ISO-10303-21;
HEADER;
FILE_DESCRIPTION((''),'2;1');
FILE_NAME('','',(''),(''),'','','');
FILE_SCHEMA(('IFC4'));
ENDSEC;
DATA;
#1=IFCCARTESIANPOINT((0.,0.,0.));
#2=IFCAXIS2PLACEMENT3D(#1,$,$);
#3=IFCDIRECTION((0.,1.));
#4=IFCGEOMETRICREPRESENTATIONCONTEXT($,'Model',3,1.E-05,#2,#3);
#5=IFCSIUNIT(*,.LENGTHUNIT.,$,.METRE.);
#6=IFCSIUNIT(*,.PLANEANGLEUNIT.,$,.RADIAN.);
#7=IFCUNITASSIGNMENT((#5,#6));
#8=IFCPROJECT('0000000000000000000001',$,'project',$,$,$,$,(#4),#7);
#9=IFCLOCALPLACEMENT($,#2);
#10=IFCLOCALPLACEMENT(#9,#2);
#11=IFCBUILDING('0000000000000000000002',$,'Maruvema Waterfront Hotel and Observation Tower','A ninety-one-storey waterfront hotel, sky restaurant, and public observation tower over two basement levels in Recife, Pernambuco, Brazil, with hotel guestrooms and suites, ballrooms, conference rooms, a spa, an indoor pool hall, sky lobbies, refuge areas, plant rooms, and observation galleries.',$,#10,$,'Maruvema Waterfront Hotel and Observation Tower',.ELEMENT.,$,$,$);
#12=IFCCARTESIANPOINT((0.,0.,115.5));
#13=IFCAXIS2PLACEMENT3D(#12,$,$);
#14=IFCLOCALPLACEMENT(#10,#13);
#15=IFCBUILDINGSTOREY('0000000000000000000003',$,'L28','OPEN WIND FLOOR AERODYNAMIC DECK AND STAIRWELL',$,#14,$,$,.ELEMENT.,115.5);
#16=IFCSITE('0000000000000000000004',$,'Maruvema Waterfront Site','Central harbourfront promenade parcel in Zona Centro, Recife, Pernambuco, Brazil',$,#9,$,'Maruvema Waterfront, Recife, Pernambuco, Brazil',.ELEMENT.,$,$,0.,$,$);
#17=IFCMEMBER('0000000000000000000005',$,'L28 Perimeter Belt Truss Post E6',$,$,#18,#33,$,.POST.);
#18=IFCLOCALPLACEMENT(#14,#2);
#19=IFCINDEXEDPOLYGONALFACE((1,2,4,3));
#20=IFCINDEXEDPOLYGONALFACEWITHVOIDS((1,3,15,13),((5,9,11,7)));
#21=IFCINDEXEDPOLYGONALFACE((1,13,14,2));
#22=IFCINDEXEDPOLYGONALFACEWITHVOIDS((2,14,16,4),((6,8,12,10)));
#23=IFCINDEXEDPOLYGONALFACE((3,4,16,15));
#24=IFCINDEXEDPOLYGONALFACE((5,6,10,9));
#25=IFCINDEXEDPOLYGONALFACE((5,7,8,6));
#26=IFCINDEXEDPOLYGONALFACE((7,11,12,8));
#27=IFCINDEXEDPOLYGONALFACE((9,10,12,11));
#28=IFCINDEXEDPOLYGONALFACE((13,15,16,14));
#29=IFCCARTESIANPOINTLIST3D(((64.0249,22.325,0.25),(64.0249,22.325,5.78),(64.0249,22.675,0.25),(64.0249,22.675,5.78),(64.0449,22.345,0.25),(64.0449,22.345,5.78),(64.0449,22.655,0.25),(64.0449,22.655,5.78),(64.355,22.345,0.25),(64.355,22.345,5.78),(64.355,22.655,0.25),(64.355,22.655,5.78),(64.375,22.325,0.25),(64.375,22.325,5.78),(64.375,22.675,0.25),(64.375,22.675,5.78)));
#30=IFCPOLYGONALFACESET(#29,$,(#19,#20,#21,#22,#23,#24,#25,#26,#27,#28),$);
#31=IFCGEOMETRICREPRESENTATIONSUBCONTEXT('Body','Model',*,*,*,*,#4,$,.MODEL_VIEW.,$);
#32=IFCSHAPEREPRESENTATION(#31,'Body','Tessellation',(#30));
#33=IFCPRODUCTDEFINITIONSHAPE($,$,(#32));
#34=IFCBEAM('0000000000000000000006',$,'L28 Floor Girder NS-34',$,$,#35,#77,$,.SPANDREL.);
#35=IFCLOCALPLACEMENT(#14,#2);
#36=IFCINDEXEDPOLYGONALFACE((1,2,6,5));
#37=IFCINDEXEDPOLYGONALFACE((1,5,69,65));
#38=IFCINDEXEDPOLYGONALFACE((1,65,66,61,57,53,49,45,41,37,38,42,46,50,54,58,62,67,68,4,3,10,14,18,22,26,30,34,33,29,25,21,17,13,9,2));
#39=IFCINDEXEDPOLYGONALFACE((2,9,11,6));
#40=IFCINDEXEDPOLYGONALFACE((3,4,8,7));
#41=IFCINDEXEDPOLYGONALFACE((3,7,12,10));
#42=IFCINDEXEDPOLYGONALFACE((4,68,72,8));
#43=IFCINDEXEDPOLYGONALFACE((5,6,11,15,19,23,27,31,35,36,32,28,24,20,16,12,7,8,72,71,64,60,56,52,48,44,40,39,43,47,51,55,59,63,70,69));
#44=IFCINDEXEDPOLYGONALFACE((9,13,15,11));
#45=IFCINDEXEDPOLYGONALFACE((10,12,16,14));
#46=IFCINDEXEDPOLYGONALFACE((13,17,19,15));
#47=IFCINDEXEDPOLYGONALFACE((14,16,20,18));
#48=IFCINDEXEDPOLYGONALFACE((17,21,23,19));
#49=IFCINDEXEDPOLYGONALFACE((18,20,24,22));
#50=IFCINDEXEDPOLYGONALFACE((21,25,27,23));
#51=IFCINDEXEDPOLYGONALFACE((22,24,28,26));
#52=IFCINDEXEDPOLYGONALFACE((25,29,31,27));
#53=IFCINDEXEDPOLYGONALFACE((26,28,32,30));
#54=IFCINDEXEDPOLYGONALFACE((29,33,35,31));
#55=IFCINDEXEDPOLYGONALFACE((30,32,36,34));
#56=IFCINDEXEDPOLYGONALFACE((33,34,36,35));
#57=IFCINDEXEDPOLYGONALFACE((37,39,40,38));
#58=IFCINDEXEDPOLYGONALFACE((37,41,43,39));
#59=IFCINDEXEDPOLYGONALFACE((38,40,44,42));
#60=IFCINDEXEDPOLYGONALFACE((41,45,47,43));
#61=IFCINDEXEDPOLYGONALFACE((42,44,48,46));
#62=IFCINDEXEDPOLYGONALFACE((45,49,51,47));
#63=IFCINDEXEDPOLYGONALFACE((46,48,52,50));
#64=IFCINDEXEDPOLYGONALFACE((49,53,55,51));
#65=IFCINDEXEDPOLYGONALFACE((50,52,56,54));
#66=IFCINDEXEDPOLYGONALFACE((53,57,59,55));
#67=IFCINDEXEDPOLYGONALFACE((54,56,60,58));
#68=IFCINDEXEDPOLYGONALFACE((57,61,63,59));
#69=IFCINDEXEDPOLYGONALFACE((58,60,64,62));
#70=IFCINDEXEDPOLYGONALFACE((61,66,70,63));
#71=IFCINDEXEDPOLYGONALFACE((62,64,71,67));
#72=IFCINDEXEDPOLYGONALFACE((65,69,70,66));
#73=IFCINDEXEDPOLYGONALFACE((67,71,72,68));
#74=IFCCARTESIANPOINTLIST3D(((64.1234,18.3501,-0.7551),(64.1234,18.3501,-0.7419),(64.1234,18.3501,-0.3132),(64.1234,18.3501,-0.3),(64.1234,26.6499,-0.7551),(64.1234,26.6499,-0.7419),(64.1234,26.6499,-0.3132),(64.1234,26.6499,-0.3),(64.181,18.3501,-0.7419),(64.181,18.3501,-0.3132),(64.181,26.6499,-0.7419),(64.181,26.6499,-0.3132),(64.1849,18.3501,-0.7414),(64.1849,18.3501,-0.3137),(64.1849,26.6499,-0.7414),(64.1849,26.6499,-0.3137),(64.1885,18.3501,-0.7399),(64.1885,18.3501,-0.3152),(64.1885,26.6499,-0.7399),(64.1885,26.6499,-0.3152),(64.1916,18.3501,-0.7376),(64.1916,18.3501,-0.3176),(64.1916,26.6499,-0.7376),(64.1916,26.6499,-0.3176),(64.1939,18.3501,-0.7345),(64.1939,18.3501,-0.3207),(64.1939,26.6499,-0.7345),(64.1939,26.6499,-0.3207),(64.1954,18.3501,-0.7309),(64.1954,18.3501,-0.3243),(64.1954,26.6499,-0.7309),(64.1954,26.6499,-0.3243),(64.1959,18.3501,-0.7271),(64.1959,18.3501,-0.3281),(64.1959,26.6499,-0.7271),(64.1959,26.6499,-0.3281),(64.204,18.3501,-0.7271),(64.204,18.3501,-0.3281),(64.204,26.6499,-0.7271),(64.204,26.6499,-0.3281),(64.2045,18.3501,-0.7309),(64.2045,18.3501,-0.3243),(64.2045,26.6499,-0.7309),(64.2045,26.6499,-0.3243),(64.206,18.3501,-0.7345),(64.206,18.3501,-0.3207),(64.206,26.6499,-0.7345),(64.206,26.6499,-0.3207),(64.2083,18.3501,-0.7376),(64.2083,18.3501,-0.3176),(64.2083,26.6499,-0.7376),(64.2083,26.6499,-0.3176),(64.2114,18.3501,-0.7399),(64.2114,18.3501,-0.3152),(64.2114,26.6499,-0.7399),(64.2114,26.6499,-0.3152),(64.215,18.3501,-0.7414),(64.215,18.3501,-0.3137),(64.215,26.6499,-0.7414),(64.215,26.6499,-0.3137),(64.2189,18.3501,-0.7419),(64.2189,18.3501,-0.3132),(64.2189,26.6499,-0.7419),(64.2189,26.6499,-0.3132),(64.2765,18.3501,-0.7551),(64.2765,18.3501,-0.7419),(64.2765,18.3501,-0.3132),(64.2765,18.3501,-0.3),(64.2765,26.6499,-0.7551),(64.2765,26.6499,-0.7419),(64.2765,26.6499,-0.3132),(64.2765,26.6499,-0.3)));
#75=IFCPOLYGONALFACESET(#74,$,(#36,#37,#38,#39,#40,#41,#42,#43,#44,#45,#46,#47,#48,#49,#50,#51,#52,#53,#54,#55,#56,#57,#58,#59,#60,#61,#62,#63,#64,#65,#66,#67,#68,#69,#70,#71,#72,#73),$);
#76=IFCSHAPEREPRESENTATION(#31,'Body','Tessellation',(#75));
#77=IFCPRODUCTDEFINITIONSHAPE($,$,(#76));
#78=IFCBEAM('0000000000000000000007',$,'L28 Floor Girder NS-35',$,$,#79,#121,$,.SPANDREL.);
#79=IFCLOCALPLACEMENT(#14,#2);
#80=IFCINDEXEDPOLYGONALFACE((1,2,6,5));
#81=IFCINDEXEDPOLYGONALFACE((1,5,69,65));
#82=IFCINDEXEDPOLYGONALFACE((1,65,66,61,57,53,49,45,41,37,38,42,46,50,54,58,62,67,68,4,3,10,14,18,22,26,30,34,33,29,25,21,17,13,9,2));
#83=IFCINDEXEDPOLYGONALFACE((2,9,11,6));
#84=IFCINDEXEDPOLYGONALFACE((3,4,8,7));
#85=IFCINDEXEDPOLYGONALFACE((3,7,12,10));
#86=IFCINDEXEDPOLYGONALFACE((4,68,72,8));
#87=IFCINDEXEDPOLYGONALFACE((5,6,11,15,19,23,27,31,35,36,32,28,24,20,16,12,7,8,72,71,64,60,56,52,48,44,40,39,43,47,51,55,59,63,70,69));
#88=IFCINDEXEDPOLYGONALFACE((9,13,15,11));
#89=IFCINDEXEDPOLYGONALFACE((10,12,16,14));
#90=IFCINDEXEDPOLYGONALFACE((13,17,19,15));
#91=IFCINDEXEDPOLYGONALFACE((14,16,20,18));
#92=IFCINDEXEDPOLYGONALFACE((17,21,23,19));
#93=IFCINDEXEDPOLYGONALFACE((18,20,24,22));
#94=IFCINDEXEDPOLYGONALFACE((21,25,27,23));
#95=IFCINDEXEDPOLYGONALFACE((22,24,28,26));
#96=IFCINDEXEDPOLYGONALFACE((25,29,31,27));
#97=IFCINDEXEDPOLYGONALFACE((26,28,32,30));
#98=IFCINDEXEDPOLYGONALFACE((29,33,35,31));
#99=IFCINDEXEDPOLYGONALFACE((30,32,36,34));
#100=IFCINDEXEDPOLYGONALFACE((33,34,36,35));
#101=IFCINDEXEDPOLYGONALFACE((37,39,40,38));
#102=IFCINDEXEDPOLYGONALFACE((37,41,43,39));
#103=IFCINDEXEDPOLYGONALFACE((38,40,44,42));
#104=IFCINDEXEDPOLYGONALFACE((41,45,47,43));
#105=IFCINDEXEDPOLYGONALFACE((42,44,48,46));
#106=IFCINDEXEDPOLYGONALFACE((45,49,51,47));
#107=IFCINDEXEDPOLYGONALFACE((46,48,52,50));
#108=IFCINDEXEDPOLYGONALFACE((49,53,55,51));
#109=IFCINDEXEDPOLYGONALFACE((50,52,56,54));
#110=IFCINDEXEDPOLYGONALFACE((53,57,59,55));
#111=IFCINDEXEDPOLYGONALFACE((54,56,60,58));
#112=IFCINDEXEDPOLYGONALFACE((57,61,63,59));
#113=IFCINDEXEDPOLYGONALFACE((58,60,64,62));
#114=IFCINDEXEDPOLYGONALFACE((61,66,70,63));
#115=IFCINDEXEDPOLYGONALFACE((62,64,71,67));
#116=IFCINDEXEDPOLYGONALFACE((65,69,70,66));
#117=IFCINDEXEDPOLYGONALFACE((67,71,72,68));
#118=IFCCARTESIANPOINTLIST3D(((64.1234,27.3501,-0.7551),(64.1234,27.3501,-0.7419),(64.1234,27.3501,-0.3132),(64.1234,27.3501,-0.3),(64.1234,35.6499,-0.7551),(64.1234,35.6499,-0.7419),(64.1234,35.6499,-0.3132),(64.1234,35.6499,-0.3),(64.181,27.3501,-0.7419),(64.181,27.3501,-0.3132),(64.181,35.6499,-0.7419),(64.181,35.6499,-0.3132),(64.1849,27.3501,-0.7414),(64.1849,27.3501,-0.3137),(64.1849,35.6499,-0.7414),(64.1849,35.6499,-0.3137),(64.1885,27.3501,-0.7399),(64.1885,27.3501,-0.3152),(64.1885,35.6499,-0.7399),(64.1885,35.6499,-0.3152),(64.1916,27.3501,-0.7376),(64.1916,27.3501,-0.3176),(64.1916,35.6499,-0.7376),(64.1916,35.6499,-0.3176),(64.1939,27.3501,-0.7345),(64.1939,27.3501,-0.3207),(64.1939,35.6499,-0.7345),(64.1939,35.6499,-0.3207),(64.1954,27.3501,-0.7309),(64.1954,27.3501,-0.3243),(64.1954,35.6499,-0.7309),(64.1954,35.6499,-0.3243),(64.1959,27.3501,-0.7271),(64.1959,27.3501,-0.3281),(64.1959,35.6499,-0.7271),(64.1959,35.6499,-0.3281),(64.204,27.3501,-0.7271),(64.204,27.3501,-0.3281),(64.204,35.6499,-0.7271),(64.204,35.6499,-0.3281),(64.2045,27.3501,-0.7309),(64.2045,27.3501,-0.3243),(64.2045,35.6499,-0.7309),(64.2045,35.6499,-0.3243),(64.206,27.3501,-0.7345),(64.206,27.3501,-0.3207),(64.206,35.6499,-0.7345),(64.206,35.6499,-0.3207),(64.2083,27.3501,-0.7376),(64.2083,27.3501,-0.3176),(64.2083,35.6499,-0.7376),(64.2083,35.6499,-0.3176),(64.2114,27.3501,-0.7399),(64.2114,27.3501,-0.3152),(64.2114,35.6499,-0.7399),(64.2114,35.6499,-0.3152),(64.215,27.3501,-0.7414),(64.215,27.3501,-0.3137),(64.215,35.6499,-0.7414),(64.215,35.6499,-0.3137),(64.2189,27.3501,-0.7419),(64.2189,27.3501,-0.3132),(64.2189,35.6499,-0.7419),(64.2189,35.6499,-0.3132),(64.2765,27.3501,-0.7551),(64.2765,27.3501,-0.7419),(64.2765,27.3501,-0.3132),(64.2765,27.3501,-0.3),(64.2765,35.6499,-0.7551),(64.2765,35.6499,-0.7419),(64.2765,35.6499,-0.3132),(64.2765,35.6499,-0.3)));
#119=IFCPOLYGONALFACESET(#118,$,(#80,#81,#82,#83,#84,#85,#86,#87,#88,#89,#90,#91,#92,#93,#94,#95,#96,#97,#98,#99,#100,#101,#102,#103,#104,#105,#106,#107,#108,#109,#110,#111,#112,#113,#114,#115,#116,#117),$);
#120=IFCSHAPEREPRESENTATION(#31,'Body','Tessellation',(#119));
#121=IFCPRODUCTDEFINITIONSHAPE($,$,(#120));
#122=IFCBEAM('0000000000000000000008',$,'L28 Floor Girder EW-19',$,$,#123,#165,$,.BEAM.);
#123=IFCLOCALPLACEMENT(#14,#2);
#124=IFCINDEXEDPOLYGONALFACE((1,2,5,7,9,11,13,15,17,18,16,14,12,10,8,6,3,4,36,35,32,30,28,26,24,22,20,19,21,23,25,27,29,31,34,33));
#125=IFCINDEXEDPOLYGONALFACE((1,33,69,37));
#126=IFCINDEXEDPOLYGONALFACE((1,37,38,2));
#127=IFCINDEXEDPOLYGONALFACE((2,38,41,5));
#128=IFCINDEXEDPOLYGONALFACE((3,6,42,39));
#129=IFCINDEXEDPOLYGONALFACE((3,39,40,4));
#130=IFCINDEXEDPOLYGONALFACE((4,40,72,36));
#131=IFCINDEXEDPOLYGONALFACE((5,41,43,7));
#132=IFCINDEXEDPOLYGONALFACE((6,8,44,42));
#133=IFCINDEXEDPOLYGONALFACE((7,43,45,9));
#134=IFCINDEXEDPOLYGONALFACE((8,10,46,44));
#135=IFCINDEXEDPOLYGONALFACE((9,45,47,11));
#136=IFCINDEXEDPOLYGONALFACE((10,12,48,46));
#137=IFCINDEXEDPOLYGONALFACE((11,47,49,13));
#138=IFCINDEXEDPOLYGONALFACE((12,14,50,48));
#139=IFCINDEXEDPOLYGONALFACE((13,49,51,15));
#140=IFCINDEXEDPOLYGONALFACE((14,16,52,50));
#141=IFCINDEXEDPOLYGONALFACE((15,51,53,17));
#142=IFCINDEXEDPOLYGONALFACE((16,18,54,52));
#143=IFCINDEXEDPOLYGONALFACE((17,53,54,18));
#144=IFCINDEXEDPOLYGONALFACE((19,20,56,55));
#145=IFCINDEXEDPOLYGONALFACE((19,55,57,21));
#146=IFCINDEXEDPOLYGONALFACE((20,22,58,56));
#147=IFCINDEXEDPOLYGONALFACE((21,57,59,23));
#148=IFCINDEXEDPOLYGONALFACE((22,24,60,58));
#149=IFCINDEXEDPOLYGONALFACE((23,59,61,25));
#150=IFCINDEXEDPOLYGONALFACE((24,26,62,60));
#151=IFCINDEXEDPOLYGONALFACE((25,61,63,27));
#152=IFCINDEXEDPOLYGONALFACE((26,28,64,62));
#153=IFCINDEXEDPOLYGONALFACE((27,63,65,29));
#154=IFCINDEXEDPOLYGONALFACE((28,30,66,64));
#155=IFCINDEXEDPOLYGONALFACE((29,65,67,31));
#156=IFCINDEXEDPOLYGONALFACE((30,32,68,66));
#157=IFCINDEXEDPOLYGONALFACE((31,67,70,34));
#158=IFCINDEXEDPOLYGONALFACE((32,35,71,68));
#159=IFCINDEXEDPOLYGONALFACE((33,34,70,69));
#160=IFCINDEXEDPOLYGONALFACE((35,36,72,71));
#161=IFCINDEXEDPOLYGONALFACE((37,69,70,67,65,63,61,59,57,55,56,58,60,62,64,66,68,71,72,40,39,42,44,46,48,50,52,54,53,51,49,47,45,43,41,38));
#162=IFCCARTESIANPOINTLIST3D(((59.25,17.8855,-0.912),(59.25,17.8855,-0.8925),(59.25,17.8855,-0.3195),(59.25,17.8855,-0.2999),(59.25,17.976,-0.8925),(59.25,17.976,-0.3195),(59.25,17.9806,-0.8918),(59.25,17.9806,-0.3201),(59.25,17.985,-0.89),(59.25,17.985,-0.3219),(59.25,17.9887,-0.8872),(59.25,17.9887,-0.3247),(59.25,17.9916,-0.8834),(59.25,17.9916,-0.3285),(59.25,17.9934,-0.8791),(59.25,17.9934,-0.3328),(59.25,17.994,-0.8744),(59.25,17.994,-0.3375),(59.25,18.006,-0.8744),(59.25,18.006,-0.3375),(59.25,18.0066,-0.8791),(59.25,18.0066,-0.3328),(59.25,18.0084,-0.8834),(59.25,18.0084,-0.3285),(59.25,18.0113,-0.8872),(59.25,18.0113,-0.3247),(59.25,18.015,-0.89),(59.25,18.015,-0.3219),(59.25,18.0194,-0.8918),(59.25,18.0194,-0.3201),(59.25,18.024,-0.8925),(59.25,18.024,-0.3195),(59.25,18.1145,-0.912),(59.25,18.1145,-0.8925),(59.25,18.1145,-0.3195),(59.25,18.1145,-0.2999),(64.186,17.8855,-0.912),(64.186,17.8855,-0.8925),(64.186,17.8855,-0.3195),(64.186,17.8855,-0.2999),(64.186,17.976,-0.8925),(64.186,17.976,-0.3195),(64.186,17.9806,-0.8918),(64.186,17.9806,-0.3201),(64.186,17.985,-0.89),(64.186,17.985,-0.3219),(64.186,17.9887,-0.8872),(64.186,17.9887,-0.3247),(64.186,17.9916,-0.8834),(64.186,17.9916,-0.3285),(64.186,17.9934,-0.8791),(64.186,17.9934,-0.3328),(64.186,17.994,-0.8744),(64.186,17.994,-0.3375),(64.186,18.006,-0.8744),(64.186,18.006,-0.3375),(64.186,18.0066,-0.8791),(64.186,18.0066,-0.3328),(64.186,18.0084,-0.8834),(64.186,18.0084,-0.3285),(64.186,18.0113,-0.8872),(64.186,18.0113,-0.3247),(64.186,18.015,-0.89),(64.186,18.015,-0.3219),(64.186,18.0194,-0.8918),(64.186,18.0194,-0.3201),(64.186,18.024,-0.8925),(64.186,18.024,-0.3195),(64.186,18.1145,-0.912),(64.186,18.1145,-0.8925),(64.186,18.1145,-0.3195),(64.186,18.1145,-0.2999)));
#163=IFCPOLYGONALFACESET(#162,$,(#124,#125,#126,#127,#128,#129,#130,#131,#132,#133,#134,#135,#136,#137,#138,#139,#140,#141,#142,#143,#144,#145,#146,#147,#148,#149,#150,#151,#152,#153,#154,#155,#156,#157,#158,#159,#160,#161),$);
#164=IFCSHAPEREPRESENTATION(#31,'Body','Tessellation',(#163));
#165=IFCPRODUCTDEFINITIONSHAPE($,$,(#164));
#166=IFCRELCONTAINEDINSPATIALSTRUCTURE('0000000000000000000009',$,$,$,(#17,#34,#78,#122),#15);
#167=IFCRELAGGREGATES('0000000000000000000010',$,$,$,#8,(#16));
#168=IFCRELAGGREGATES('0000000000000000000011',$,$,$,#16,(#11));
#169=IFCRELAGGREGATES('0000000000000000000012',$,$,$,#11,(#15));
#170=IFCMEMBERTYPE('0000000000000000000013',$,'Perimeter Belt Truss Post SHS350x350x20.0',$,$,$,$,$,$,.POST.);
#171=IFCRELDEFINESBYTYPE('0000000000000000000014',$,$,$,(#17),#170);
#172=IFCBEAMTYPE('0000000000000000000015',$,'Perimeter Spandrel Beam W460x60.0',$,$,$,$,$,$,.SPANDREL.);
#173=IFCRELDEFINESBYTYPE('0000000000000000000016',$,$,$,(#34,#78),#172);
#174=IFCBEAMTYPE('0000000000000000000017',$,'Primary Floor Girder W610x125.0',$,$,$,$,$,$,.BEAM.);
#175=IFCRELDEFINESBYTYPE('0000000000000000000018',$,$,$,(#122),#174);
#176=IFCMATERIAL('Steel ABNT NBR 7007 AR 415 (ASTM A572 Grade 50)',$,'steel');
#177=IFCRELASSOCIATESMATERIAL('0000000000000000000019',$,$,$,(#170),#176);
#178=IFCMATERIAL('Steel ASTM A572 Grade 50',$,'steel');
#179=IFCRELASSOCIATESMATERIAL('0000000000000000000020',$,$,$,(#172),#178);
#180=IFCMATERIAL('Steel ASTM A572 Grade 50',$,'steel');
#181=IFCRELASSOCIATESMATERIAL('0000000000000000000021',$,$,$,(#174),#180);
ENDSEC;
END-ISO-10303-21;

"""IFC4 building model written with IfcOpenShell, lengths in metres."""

from ifc_helpers import new_model, si_unit, direction, frame, origin, origin_2d, place, context, subcontext, project, spatial, hollow_rectangle, i_section, extrude, material, material_profile, profile_set, type_object, element, save


model = new_model("IFC4")

# Units and contexts
model_context = context("Model", 3, precision=1e-05, world=origin(), true_north=direction((0.0, 1.0)))
body_context = subcontext(model_context, "Body", "Model", "MODEL_VIEW")
ifc_project = project(units=[si_unit("LENGTHUNIT", "METRE"), si_unit("PLANEANGLEUNIT", "RADIAN")], contexts=[model_context])

# Site, building, storey
site_placement = place(None, origin())
site = spatial("IfcSite", under=ifc_project, at=site_placement, Name="Maruvema Waterfront Site", Description="Central harbourfront promenade parcel in Zona Centro, Recife, Pernambuco, Brazil", LongName="Maruvema Waterfront, Recife, Pernambuco, Brazil", CompositionType="ELEMENT", RefElevation=0.0)
building_placement = place(site_placement, origin())
building = spatial("IfcBuilding", under=site, at=building_placement, Name="Maruvema Waterfront Hotel and Observation Tower", Description="A ninety-one-storey waterfront hotel, sky restaurant, and public observation tower over two basement levels in Recife, Pernambuco, Brazil, with hotel guestrooms and suites, ballrooms, conference rooms, a spa, an indoor pool hall, sky lobbies, refuge areas, plant rooms, and observation galleries.", LongName="Maruvema Waterfront Hotel and Observation Tower", CompositionType="ELEMENT")
storey_placement = place(building_placement, frame((0.0, 0.0, 115.5)))
storey = spatial("IfcBuildingStorey", under=building, at=storey_placement, Name="L28", Description="OPEN WIND FLOOR AERODYNAMIC DECK AND STAIRWELL", CompositionType="ELEMENT", Elevation=115.5)

# Member
ifc_material_1 = material(Name="Steel ABNT NBR 7007 AR 415 (ASTM A572 Grade 50)", Category="steel")
ifc_material_profile_1 = material_profile(ifc_material_1, hollow_rectangle(XDim=0.3501, YDim=0.3501, WallThickness=0.02, at=origin_2d()), Name="SHS350x350x20.0")
ifc_profile_set_1 = profile_set([ifc_material_profile_1], Name="Steel ABNT NBR 7007 AR 415 (ASTM A572 Grade 50)")
member_type_1 = type_object("IfcMemberType", Name="Perimeter Belt Truss Post SHS350x350x20.0", PredefinedType="POST", material=ifc_profile_set_1)
member_1_placement = place(storey_placement, frame((64.2, 22.5, 0.25), z_axis=(0.0, 0.0, 1.0), x_axis=(1.0, 0.0, 0.0)))
element("IfcMember", 1, at=member_1_placement, inside=storey, type_object=member_type_1, Name="L28 Perimeter Belt Truss Post E6", PredefinedType="POST", context=body_context, shape_type="SweptSolid", body=[
    extrude(hollow_rectangle(XDim=0.3501, YDim=0.3501, WallThickness=0.02, at=origin_2d()), origin(), (0.0, 0.0, 1.0), 5.53),
])

# Beams
ifc_material_2 = material(Name="Steel ASTM A572 Grade 50", Category="steel")
ifc_material_profile_2 = material_profile(ifc_material_2, i_section(OverallWidth=0.1531, OverallDepth=0.4551, WebThickness=0.0081, FlangeThickness=0.0132, FilletRadius=0.0149, at=origin_2d()), Name="W460x60.0")
ifc_profile_set_2 = profile_set([ifc_material_profile_2], Name="Steel ASTM A572 Grade 50")
beam_type_1 = type_object("IfcBeamType", Name="Perimeter Spandrel Beam W460x60.0", PredefinedType="SPANDREL", material=ifc_profile_set_2)
for number, where, z_axis, x_axis, name in (
    (2, (64.2, 18.3501, -0.5276), (0.0, 1.0, 0.0), (-1.0, 0.0, 0.0), "L28 Floor Girder NS-34"),
    (3, (64.2, 27.3501, -0.5276), (0.0, 1.0, 0.0), (-1.0, 0.0, 0.0), "L28 Floor Girder NS-35"),
):
    element("IfcBeam", number, at=place(storey_placement, frame(where, z_axis=z_axis, x_axis=x_axis)), inside=storey, type_object=beam_type_1, Name=name, PredefinedType="SPANDREL", context=body_context, shape_type="SweptSolid", body=[
        extrude(i_section(OverallWidth=0.1531, OverallDepth=0.4551, WebThickness=0.0081, FlangeThickness=0.0132, FilletRadius=0.0149, at=origin_2d()), origin(), (0.0, 0.0, 1.0), 8.2998),
    ])
ifc_material_3 = material(Name="Steel ASTM A572 Grade 50", Category="steel")
ifc_material_profile_3 = material_profile(ifc_material_3, i_section(OverallWidth=0.229, OverallDepth=0.6121, WebThickness=0.012, FlangeThickness=0.0195, FilletRadius=0.0181, at=origin_2d()), Name="W610x125.0")
ifc_profile_set_3 = profile_set([ifc_material_profile_3], Name="Steel ASTM A572 Grade 50")
beam_type_2 = type_object("IfcBeamType", Name="Primary Floor Girder W610x125.0", PredefinedType="BEAM", material=ifc_profile_set_3)
for number, where, z_axis, x_axis, name in (
    (4, (59.25, 18.0, -0.606), (1.0, 0.0, 0.0), (0.0, 1.0, 0.0), "L28 Floor Girder EW-19"),
):
    element("IfcBeam", number, at=place(storey_placement, frame(where, z_axis=z_axis, x_axis=x_axis)), inside=storey, type_object=beam_type_2, Name=name, PredefinedType="BEAM", context=body_context, shape_type="SweptSolid", body=[
        extrude(i_section(OverallWidth=0.229, OverallDepth=0.6121, WebThickness=0.012, FlangeThickness=0.0195, FilletRadius=0.0181, at=origin_2d()), origin(), (0.0, 0.0, 1.0), 4.936),
    ])

save(model, "model.ifc")
